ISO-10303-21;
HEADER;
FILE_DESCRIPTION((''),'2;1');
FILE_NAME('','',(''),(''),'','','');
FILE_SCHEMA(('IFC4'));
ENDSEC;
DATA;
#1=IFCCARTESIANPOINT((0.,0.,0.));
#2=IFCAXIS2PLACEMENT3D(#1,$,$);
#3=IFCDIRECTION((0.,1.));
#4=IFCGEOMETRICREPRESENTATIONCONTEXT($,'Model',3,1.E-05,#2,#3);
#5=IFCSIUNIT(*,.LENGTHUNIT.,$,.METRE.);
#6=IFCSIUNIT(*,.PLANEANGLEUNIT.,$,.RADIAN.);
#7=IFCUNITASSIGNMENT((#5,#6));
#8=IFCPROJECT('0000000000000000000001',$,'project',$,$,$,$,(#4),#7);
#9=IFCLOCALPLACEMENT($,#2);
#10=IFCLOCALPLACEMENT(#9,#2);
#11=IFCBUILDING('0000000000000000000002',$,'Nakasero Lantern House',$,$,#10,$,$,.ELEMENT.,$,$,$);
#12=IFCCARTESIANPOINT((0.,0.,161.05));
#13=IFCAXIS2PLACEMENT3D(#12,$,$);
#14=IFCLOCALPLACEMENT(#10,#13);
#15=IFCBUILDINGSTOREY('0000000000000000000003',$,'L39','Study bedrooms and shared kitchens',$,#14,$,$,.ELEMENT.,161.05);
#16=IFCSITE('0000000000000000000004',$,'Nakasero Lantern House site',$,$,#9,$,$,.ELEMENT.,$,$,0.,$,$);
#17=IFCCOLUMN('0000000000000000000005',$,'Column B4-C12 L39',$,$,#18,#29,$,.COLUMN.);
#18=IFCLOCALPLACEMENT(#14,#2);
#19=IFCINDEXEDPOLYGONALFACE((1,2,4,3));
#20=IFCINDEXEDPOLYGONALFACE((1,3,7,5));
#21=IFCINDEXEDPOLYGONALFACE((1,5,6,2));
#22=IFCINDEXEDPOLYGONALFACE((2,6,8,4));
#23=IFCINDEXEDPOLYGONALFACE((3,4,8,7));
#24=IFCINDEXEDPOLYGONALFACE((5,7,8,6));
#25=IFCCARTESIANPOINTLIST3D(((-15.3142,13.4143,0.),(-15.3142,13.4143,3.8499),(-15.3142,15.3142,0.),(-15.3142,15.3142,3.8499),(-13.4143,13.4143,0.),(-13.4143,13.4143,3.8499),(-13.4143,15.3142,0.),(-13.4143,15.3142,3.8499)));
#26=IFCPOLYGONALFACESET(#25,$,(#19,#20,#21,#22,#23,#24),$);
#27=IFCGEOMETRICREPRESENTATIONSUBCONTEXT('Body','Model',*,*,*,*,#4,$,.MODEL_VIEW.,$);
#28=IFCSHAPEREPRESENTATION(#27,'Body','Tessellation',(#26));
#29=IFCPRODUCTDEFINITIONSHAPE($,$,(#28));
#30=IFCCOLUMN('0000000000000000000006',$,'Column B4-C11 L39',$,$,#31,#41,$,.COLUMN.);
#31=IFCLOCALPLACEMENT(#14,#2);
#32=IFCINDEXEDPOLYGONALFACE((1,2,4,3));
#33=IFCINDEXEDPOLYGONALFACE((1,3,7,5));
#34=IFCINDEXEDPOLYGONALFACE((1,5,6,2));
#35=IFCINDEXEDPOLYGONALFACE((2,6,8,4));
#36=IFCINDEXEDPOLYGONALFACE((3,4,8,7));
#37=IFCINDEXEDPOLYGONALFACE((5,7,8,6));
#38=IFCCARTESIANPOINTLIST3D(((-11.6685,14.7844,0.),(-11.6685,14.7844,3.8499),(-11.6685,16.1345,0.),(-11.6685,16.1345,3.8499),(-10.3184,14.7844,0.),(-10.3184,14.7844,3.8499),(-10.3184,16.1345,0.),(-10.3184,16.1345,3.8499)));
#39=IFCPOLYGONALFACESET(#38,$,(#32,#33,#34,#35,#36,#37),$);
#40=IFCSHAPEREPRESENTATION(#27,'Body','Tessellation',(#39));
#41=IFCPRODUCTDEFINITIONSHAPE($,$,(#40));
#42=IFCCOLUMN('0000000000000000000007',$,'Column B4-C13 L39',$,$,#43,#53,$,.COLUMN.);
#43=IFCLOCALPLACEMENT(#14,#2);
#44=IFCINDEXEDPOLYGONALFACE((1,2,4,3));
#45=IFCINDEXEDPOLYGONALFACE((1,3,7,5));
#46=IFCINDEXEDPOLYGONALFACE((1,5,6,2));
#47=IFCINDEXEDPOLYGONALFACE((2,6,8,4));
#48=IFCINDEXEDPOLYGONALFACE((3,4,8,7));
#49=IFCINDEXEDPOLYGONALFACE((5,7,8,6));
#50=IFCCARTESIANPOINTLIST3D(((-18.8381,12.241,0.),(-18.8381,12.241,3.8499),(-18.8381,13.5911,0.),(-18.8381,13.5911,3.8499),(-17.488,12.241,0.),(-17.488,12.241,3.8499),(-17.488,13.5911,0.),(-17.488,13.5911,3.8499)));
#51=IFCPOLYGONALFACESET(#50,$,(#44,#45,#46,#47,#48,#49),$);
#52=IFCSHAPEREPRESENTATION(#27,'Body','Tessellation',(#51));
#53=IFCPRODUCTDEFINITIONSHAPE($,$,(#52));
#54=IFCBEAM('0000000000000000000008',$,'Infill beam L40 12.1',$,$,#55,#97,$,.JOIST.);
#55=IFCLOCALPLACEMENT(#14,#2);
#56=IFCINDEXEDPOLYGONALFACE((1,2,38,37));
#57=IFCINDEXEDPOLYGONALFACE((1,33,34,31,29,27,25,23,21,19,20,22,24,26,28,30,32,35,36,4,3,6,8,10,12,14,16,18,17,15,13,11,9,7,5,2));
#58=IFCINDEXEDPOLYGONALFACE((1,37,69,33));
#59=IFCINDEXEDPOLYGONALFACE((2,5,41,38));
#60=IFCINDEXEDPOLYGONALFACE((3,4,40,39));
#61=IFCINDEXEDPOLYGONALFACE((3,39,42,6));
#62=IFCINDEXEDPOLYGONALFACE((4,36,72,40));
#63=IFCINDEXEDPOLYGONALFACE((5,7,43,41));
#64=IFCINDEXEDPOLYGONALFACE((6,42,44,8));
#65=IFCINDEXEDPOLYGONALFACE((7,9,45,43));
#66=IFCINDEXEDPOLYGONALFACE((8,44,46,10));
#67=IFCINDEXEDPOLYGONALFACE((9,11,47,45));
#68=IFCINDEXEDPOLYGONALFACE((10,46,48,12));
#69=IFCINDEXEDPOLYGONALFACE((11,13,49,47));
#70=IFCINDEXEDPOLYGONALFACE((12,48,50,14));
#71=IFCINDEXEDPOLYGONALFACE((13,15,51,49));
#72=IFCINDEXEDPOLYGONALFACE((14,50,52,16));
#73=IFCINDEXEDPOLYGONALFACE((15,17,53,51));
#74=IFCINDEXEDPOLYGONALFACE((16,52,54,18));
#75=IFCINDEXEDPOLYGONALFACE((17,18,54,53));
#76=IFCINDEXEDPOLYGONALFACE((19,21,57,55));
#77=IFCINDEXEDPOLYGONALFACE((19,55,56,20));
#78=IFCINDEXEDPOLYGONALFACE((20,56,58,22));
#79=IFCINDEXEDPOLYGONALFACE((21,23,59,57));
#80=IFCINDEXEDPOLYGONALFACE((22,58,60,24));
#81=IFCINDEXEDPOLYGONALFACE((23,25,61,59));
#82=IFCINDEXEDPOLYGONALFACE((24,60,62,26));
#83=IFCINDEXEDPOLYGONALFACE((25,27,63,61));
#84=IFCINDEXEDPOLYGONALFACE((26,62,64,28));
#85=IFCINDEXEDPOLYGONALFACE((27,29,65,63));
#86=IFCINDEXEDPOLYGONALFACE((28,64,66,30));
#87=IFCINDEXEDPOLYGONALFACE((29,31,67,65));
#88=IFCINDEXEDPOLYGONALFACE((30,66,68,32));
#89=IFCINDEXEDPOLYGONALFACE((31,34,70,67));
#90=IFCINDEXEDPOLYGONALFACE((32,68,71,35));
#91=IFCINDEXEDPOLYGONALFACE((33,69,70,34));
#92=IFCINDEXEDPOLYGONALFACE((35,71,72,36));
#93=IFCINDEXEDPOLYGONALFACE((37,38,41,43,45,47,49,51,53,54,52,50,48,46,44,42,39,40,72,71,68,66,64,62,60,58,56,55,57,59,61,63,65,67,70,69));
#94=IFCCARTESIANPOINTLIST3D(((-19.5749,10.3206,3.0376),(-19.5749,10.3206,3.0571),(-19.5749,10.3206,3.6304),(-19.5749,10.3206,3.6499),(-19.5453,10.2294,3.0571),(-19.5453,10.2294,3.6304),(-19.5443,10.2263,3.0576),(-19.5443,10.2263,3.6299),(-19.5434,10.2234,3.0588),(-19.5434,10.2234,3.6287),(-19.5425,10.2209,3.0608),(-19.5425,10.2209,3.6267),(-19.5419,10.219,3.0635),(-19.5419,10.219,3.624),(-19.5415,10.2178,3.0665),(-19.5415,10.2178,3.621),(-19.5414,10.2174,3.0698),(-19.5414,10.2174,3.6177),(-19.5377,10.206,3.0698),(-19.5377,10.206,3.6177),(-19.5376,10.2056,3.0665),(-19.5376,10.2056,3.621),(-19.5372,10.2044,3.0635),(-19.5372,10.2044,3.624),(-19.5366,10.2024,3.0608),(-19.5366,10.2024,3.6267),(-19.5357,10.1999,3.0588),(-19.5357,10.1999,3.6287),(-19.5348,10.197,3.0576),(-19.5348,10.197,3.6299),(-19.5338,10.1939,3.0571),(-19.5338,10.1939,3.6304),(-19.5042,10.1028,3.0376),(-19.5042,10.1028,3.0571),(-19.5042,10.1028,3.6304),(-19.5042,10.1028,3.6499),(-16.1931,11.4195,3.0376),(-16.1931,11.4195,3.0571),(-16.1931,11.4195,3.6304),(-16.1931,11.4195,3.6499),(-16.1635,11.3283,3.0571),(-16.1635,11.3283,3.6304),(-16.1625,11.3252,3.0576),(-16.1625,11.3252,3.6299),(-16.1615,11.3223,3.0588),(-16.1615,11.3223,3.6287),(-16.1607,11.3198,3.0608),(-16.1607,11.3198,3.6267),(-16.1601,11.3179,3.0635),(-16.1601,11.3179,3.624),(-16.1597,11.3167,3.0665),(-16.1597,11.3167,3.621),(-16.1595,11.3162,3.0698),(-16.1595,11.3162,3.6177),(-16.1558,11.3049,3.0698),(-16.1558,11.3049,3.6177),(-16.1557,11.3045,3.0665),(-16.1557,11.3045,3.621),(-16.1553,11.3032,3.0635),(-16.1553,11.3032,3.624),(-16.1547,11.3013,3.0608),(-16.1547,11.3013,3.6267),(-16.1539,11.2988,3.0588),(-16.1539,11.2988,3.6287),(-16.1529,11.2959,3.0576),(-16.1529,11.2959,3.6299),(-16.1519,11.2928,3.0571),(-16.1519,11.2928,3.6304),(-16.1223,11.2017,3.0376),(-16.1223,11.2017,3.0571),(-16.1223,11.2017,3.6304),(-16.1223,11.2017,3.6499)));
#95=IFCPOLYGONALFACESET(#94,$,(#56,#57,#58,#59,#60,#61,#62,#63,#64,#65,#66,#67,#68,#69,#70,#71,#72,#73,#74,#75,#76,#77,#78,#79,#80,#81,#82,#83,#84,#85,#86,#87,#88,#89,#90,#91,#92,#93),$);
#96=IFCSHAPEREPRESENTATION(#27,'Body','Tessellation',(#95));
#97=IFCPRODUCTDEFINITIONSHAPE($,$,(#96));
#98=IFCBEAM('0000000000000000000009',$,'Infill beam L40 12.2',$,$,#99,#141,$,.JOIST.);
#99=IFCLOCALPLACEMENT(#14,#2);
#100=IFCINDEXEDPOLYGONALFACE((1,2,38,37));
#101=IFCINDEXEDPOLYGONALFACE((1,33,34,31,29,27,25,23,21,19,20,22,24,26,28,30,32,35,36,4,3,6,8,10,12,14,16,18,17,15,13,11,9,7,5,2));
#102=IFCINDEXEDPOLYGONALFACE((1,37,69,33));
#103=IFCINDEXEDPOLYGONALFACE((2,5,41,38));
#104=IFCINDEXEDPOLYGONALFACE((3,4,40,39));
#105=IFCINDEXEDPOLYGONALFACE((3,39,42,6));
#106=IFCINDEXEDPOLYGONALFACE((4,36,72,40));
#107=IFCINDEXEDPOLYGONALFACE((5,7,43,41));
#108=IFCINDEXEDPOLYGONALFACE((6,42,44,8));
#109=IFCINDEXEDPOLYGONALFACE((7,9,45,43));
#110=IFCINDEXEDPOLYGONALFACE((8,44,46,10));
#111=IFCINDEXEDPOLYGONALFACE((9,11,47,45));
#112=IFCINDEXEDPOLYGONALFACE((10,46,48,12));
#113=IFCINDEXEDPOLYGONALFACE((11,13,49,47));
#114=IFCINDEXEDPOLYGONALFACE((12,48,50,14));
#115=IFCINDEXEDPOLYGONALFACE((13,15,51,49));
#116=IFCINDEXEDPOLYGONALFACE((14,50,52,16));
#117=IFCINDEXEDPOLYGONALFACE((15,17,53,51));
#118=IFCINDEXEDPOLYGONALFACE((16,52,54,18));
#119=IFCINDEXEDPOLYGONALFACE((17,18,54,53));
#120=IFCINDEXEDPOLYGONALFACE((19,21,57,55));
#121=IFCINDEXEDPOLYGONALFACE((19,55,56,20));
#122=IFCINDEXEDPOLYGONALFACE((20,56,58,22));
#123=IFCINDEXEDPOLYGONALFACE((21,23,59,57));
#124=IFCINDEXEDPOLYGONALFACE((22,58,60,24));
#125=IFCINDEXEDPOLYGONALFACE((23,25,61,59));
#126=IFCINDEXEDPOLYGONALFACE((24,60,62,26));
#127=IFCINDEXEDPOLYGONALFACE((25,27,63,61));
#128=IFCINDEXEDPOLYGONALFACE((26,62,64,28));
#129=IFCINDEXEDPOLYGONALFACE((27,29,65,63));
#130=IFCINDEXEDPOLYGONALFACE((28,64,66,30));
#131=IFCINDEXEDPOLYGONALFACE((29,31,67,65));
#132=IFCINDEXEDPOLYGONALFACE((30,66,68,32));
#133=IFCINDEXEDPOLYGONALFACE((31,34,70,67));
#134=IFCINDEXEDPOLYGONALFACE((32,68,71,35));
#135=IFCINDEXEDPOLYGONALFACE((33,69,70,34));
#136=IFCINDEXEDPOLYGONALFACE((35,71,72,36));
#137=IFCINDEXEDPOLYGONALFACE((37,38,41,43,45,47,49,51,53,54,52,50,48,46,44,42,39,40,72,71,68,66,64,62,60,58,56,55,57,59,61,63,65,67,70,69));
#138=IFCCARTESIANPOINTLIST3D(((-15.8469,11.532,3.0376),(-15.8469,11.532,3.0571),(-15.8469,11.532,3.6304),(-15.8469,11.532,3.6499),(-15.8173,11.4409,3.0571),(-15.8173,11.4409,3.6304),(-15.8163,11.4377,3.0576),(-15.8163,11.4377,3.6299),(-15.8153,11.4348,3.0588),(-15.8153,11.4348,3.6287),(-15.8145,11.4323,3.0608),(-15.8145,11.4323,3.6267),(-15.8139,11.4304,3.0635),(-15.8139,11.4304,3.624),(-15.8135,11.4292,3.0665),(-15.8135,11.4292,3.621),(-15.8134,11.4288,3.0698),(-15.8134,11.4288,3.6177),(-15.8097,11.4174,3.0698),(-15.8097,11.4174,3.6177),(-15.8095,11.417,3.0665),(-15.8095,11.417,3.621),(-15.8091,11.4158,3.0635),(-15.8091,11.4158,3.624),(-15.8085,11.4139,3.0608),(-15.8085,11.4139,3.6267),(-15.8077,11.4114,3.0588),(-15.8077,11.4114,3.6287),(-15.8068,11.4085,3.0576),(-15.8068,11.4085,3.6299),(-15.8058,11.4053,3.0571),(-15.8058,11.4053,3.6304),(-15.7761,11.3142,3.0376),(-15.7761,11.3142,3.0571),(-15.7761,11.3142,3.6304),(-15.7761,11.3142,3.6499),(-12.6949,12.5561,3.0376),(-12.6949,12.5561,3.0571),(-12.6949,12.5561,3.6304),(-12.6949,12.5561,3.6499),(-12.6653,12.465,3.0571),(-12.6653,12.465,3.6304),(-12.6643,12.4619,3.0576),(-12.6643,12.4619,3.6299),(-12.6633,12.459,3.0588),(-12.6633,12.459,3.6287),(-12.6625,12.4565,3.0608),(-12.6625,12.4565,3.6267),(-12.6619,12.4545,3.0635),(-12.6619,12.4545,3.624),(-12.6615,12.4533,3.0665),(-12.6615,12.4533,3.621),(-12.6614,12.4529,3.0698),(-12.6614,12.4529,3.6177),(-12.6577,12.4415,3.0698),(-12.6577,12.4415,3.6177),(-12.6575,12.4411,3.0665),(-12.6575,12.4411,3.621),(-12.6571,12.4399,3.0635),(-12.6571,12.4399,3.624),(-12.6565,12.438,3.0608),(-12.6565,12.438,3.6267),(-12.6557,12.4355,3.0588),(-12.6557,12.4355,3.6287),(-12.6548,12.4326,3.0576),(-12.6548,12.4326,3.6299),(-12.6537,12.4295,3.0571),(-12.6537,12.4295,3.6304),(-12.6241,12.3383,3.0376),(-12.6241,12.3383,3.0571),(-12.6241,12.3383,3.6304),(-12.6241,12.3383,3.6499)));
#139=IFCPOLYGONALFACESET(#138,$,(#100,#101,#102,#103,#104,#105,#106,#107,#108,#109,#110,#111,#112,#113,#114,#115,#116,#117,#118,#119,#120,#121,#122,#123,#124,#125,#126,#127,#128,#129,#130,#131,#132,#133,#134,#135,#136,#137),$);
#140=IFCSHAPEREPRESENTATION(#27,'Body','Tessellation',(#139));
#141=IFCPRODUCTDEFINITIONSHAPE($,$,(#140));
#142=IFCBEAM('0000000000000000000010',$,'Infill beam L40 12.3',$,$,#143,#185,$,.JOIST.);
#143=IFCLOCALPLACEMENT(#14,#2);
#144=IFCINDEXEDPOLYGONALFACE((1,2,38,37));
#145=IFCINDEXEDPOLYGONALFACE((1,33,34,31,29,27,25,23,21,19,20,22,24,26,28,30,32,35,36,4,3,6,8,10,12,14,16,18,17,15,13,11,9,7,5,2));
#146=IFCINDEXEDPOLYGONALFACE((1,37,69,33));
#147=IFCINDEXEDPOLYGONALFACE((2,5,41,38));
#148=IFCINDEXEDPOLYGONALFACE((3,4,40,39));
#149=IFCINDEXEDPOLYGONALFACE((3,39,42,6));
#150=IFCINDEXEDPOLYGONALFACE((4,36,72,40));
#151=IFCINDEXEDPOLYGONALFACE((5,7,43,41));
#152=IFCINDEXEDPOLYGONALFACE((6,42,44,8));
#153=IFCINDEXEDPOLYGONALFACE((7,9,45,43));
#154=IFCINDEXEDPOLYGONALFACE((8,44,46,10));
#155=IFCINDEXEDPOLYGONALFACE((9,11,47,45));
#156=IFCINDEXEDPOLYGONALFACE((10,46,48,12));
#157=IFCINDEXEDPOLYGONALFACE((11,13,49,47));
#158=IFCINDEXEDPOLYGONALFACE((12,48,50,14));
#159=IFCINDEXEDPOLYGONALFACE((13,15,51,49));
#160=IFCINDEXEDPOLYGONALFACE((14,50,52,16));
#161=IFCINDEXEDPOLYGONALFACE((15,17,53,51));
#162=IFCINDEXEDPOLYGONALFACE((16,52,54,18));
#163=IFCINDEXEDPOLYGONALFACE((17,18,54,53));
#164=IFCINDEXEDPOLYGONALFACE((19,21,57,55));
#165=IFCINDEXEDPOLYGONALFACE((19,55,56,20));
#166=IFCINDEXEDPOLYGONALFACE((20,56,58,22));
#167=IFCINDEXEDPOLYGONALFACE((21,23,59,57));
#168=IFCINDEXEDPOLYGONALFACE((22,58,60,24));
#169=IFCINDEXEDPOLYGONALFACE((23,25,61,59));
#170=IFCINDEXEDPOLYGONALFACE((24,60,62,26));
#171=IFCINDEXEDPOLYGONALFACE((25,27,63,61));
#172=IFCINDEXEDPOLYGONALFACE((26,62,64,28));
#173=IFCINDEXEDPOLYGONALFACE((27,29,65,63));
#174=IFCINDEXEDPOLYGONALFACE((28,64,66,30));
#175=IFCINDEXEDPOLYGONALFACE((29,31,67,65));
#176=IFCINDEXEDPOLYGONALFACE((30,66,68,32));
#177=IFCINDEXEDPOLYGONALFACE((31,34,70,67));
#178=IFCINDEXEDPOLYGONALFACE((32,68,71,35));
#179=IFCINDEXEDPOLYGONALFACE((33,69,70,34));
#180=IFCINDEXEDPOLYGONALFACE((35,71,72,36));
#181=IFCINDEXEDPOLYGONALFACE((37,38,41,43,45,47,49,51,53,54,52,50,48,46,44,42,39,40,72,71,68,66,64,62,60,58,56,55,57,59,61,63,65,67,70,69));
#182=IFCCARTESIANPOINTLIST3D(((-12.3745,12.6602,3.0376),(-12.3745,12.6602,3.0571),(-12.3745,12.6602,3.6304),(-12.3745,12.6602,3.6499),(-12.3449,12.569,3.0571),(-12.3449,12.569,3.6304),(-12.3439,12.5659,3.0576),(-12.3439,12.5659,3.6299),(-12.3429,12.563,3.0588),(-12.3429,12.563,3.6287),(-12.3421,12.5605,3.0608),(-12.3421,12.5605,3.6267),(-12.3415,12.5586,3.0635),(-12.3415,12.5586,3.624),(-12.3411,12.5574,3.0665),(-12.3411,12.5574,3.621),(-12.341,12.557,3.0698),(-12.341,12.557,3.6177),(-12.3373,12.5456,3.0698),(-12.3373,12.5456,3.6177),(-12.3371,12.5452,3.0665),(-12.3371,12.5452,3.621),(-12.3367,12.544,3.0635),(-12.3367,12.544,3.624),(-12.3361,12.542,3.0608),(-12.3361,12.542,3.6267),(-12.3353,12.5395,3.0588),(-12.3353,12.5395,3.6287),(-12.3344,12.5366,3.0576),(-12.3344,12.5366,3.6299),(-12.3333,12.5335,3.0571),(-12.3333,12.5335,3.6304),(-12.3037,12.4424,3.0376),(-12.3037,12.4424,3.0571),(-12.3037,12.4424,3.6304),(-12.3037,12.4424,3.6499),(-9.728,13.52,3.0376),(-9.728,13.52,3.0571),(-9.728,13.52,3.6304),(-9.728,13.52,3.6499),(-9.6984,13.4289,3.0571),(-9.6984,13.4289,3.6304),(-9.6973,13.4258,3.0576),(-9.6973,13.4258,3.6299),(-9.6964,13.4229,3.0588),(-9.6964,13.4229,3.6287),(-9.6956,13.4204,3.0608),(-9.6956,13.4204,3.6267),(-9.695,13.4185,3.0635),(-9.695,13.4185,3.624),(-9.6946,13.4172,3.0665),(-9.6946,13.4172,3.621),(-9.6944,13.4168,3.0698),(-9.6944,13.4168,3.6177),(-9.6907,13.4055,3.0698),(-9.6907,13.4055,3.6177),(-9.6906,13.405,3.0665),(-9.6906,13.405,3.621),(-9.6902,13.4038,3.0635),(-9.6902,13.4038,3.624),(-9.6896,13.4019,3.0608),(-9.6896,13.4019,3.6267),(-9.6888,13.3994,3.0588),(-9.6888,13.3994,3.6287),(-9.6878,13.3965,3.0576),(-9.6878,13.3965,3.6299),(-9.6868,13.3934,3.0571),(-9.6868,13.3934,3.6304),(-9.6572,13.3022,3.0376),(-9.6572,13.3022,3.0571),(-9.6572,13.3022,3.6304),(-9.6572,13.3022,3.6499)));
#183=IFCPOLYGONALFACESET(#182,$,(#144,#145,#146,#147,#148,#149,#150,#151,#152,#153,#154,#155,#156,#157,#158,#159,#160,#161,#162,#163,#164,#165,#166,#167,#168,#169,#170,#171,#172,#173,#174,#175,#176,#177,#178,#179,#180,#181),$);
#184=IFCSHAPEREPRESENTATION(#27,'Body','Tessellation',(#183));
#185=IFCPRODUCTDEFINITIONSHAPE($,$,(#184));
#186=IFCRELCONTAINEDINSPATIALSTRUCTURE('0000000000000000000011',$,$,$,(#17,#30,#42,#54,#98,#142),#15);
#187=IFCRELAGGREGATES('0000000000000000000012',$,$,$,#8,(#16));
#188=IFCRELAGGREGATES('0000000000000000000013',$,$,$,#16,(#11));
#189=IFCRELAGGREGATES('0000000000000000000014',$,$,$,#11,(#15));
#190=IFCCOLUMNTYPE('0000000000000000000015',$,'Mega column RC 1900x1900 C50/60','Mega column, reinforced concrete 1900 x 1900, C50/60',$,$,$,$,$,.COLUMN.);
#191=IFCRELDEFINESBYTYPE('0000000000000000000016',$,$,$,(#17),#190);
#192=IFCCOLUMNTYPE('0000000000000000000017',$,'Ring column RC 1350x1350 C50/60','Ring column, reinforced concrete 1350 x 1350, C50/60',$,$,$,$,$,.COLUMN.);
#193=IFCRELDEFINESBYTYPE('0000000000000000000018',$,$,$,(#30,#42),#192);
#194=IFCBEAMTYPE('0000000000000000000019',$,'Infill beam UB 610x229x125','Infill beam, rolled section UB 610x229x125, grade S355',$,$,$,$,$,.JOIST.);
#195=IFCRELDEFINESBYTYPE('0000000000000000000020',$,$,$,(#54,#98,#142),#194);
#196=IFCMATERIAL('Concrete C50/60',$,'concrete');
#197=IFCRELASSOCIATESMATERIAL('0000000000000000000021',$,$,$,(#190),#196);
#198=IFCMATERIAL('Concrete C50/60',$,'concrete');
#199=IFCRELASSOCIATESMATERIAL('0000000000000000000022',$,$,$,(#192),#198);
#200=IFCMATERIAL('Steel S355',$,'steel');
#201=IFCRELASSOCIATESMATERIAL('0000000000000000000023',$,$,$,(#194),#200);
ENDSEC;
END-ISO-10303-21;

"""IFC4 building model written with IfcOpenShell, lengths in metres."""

from ifc_helpers import new_model, si_unit, direction, frame, origin, origin_2d, place, context, subcontext, project, spatial, rectangle, i_section, extrude, material, material_profile, profile_set, type_object, element, save


model = new_model("IFC4")

# Units and contexts
model_context = context("Model", 3, precision=1e-05, world=origin(), true_north=direction((0.0, 1.0)))
body_context = subcontext(model_context, "Body", "Model", "MODEL_VIEW")
ifc_project = project(units=[si_unit("LENGTHUNIT", "METRE"), si_unit("PLANEANGLEUNIT", "RADIAN")], contexts=[model_context])

# Site, building, storey
site_placement = place(None, origin())
site = spatial("IfcSite", under=ifc_project, at=site_placement, Name="Nakasero Lantern House site", CompositionType="ELEMENT", RefElevation=0.0)
building_placement = place(site_placement, origin())
building = spatial("IfcBuilding", under=site, at=building_placement, Name="Nakasero Lantern House", CompositionType="ELEMENT")
storey_placement = place(building_placement, frame((0.0, 0.0, 161.05)))
storey = spatial("IfcBuildingStorey", under=building, at=storey_placement, Name="L39", Description="Study bedrooms and shared kitchens", CompositionType="ELEMENT", Elevation=161.05)

# Columns
ifc_material_1 = material(Name="Concrete C50/60", Category="concrete")
ifc_material_profile_1 = material_profile(ifc_material_1, rectangle(XDim=1.8999, YDim=1.8999, at=origin_2d()), Name="RC 1900x1900")
ifc_profile_set_1 = profile_set([ifc_material_profile_1], Name="Concrete C50/60")
column_type_1 = type_object("IfcColumnType", Name="Mega column RC 1900x1900 C50/60", Description="Mega column, reinforced concrete 1900 x 1900, C50/60", PredefinedType="COLUMN", material=ifc_profile_set_1)
column_placement = place(storey_placement, frame((-14.3643, 14.3643, 0.0), z_axis=(0.0, 0.0, 1.0), x_axis=(1.0, 0.0, 0.0)))
element("IfcColumn", 1, at=column_placement, inside=storey, type_object=column_type_1, Name="Column B4-C12 L39", PredefinedType="COLUMN", context=body_context, shape_type="SweptSolid", body=[
    extrude(rectangle(XDim=1.8999, YDim=1.8999, at=origin_2d()), origin(), (0.0, 0.0, 1.0), 3.8499),
])
ifc_material_2 = material(Name="Concrete C50/60", Category="concrete")
ifc_material_profile_2 = material_profile(ifc_material_2, rectangle(XDim=1.3501, YDim=1.3501, at=origin_2d()), Name="RC 1350x1350")
ifc_profile_set_2 = profile_set([ifc_material_profile_2], Name="Concrete C50/60")
column_type_2 = type_object("IfcColumnType", Name="Ring column RC 1350x1350 C50/60", Description="Ring column, reinforced concrete 1350 x 1350, C50/60", PredefinedType="COLUMN", material=ifc_profile_set_2)
for number, where, z_axis, x_axis, name in (
    (2, (-10.9934, 15.4595, 0.0), (0.0, 0.0, 1.0), (1.0, 0.0, 0.0), "Column B4-C11 L39"),
    (3, (-18.1631, 12.916, 0.0), (0.0, 0.0, 1.0), (1.0, 0.0, 0.0), "Column B4-C13 L39"),
):
    element("IfcColumn", number, at=place(storey_placement, frame(where, z_axis=z_axis, x_axis=x_axis)), inside=storey, type_object=column_type_2, Name=name, PredefinedType="COLUMN", context=body_context, shape_type="SweptSolid", body=[
        extrude(rectangle(XDim=1.3501, YDim=1.3501, at=origin_2d()), origin(), (0.0, 0.0, 1.0), 3.8499),
    ])

# Beams
ifc_material_3 = material(Name="Steel S355", Category="steel")
ifc_material_profile_3 = material_profile(ifc_material_3, i_section(OverallWidth=0.229, OverallDepth=0.6123, WebThickness=0.012, FlangeThickness=0.0195, FilletRadius=0.0127, at=origin_2d()), Name="UB 610x229x125")
ifc_profile_set_3 = profile_set([ifc_material_profile_3], Name="Steel S355")
beam_type_1 = type_object("IfcBeamType", Name="Infill beam UB 610x229x125", Description="Infill beam, rolled section UB 610x229x125, grade S355", PredefinedType="JOIST", material=ifc_profile_set_3)
beam_1_placement = place(storey_placement, frame((-19.5396, 10.2117, 3.3438), z_axis=(0.951052, 0.30903, 0.0), x_axis=(-0.30903, 0.951052, 0.0)))
element("IfcBeam", 4, at=beam_1_placement, inside=storey, type_object=beam_type_1, Name="Infill beam L40 12.1", PredefinedType="JOIST", context=body_context, shape_type="SweptSolid", body=[
    extrude(i_section(OverallWidth=0.229, OverallDepth=0.6123, WebThickness=0.012, FlangeThickness=0.0195, FilletRadius=0.0127, at=origin_2d()), origin(), (0.0, 0.0, 1.0), 3.5559),
])
beam_2_placement = place(storey_placement, frame((-15.8115, 11.4231, 3.3438), z_axis=(0.951057, 0.309014, 0.0), x_axis=(-0.309014, 0.951057, 0.0)))
element("IfcBeam", 5, at=beam_2_placement, inside=storey, type_object=beam_type_1, Name="Infill beam L40 12.2", PredefinedType="JOIST", context=body_context, shape_type="SweptSolid", body=[
    extrude(i_section(OverallWidth=0.229, OverallDepth=0.6123, WebThickness=0.012, FlangeThickness=0.0195, FilletRadius=0.0127, at=origin_2d()), origin(), (0.0, 0.0, 1.0), 3.3142),
])
beam_3_placement = place(storey_placement, frame((-12.3391, 12.5513, 3.3438), z_axis=(0.95106, 0.309007, 0.0), x_axis=(-0.309007, 0.95106, 0.0)))
element("IfcBeam", 6, at=beam_3_placement, inside=storey, type_object=beam_type_1, Name="Infill beam L40 12.3", PredefinedType="JOIST", context=body_context, shape_type="SweptSolid", body=[
    extrude(i_section(OverallWidth=0.229, OverallDepth=0.6123, WebThickness=0.012, FlangeThickness=0.0195, FilletRadius=0.0127, at=origin_2d()), origin(), (0.0, 0.0, 1.0), 2.7827),
])

save(model, "model.ifc")
